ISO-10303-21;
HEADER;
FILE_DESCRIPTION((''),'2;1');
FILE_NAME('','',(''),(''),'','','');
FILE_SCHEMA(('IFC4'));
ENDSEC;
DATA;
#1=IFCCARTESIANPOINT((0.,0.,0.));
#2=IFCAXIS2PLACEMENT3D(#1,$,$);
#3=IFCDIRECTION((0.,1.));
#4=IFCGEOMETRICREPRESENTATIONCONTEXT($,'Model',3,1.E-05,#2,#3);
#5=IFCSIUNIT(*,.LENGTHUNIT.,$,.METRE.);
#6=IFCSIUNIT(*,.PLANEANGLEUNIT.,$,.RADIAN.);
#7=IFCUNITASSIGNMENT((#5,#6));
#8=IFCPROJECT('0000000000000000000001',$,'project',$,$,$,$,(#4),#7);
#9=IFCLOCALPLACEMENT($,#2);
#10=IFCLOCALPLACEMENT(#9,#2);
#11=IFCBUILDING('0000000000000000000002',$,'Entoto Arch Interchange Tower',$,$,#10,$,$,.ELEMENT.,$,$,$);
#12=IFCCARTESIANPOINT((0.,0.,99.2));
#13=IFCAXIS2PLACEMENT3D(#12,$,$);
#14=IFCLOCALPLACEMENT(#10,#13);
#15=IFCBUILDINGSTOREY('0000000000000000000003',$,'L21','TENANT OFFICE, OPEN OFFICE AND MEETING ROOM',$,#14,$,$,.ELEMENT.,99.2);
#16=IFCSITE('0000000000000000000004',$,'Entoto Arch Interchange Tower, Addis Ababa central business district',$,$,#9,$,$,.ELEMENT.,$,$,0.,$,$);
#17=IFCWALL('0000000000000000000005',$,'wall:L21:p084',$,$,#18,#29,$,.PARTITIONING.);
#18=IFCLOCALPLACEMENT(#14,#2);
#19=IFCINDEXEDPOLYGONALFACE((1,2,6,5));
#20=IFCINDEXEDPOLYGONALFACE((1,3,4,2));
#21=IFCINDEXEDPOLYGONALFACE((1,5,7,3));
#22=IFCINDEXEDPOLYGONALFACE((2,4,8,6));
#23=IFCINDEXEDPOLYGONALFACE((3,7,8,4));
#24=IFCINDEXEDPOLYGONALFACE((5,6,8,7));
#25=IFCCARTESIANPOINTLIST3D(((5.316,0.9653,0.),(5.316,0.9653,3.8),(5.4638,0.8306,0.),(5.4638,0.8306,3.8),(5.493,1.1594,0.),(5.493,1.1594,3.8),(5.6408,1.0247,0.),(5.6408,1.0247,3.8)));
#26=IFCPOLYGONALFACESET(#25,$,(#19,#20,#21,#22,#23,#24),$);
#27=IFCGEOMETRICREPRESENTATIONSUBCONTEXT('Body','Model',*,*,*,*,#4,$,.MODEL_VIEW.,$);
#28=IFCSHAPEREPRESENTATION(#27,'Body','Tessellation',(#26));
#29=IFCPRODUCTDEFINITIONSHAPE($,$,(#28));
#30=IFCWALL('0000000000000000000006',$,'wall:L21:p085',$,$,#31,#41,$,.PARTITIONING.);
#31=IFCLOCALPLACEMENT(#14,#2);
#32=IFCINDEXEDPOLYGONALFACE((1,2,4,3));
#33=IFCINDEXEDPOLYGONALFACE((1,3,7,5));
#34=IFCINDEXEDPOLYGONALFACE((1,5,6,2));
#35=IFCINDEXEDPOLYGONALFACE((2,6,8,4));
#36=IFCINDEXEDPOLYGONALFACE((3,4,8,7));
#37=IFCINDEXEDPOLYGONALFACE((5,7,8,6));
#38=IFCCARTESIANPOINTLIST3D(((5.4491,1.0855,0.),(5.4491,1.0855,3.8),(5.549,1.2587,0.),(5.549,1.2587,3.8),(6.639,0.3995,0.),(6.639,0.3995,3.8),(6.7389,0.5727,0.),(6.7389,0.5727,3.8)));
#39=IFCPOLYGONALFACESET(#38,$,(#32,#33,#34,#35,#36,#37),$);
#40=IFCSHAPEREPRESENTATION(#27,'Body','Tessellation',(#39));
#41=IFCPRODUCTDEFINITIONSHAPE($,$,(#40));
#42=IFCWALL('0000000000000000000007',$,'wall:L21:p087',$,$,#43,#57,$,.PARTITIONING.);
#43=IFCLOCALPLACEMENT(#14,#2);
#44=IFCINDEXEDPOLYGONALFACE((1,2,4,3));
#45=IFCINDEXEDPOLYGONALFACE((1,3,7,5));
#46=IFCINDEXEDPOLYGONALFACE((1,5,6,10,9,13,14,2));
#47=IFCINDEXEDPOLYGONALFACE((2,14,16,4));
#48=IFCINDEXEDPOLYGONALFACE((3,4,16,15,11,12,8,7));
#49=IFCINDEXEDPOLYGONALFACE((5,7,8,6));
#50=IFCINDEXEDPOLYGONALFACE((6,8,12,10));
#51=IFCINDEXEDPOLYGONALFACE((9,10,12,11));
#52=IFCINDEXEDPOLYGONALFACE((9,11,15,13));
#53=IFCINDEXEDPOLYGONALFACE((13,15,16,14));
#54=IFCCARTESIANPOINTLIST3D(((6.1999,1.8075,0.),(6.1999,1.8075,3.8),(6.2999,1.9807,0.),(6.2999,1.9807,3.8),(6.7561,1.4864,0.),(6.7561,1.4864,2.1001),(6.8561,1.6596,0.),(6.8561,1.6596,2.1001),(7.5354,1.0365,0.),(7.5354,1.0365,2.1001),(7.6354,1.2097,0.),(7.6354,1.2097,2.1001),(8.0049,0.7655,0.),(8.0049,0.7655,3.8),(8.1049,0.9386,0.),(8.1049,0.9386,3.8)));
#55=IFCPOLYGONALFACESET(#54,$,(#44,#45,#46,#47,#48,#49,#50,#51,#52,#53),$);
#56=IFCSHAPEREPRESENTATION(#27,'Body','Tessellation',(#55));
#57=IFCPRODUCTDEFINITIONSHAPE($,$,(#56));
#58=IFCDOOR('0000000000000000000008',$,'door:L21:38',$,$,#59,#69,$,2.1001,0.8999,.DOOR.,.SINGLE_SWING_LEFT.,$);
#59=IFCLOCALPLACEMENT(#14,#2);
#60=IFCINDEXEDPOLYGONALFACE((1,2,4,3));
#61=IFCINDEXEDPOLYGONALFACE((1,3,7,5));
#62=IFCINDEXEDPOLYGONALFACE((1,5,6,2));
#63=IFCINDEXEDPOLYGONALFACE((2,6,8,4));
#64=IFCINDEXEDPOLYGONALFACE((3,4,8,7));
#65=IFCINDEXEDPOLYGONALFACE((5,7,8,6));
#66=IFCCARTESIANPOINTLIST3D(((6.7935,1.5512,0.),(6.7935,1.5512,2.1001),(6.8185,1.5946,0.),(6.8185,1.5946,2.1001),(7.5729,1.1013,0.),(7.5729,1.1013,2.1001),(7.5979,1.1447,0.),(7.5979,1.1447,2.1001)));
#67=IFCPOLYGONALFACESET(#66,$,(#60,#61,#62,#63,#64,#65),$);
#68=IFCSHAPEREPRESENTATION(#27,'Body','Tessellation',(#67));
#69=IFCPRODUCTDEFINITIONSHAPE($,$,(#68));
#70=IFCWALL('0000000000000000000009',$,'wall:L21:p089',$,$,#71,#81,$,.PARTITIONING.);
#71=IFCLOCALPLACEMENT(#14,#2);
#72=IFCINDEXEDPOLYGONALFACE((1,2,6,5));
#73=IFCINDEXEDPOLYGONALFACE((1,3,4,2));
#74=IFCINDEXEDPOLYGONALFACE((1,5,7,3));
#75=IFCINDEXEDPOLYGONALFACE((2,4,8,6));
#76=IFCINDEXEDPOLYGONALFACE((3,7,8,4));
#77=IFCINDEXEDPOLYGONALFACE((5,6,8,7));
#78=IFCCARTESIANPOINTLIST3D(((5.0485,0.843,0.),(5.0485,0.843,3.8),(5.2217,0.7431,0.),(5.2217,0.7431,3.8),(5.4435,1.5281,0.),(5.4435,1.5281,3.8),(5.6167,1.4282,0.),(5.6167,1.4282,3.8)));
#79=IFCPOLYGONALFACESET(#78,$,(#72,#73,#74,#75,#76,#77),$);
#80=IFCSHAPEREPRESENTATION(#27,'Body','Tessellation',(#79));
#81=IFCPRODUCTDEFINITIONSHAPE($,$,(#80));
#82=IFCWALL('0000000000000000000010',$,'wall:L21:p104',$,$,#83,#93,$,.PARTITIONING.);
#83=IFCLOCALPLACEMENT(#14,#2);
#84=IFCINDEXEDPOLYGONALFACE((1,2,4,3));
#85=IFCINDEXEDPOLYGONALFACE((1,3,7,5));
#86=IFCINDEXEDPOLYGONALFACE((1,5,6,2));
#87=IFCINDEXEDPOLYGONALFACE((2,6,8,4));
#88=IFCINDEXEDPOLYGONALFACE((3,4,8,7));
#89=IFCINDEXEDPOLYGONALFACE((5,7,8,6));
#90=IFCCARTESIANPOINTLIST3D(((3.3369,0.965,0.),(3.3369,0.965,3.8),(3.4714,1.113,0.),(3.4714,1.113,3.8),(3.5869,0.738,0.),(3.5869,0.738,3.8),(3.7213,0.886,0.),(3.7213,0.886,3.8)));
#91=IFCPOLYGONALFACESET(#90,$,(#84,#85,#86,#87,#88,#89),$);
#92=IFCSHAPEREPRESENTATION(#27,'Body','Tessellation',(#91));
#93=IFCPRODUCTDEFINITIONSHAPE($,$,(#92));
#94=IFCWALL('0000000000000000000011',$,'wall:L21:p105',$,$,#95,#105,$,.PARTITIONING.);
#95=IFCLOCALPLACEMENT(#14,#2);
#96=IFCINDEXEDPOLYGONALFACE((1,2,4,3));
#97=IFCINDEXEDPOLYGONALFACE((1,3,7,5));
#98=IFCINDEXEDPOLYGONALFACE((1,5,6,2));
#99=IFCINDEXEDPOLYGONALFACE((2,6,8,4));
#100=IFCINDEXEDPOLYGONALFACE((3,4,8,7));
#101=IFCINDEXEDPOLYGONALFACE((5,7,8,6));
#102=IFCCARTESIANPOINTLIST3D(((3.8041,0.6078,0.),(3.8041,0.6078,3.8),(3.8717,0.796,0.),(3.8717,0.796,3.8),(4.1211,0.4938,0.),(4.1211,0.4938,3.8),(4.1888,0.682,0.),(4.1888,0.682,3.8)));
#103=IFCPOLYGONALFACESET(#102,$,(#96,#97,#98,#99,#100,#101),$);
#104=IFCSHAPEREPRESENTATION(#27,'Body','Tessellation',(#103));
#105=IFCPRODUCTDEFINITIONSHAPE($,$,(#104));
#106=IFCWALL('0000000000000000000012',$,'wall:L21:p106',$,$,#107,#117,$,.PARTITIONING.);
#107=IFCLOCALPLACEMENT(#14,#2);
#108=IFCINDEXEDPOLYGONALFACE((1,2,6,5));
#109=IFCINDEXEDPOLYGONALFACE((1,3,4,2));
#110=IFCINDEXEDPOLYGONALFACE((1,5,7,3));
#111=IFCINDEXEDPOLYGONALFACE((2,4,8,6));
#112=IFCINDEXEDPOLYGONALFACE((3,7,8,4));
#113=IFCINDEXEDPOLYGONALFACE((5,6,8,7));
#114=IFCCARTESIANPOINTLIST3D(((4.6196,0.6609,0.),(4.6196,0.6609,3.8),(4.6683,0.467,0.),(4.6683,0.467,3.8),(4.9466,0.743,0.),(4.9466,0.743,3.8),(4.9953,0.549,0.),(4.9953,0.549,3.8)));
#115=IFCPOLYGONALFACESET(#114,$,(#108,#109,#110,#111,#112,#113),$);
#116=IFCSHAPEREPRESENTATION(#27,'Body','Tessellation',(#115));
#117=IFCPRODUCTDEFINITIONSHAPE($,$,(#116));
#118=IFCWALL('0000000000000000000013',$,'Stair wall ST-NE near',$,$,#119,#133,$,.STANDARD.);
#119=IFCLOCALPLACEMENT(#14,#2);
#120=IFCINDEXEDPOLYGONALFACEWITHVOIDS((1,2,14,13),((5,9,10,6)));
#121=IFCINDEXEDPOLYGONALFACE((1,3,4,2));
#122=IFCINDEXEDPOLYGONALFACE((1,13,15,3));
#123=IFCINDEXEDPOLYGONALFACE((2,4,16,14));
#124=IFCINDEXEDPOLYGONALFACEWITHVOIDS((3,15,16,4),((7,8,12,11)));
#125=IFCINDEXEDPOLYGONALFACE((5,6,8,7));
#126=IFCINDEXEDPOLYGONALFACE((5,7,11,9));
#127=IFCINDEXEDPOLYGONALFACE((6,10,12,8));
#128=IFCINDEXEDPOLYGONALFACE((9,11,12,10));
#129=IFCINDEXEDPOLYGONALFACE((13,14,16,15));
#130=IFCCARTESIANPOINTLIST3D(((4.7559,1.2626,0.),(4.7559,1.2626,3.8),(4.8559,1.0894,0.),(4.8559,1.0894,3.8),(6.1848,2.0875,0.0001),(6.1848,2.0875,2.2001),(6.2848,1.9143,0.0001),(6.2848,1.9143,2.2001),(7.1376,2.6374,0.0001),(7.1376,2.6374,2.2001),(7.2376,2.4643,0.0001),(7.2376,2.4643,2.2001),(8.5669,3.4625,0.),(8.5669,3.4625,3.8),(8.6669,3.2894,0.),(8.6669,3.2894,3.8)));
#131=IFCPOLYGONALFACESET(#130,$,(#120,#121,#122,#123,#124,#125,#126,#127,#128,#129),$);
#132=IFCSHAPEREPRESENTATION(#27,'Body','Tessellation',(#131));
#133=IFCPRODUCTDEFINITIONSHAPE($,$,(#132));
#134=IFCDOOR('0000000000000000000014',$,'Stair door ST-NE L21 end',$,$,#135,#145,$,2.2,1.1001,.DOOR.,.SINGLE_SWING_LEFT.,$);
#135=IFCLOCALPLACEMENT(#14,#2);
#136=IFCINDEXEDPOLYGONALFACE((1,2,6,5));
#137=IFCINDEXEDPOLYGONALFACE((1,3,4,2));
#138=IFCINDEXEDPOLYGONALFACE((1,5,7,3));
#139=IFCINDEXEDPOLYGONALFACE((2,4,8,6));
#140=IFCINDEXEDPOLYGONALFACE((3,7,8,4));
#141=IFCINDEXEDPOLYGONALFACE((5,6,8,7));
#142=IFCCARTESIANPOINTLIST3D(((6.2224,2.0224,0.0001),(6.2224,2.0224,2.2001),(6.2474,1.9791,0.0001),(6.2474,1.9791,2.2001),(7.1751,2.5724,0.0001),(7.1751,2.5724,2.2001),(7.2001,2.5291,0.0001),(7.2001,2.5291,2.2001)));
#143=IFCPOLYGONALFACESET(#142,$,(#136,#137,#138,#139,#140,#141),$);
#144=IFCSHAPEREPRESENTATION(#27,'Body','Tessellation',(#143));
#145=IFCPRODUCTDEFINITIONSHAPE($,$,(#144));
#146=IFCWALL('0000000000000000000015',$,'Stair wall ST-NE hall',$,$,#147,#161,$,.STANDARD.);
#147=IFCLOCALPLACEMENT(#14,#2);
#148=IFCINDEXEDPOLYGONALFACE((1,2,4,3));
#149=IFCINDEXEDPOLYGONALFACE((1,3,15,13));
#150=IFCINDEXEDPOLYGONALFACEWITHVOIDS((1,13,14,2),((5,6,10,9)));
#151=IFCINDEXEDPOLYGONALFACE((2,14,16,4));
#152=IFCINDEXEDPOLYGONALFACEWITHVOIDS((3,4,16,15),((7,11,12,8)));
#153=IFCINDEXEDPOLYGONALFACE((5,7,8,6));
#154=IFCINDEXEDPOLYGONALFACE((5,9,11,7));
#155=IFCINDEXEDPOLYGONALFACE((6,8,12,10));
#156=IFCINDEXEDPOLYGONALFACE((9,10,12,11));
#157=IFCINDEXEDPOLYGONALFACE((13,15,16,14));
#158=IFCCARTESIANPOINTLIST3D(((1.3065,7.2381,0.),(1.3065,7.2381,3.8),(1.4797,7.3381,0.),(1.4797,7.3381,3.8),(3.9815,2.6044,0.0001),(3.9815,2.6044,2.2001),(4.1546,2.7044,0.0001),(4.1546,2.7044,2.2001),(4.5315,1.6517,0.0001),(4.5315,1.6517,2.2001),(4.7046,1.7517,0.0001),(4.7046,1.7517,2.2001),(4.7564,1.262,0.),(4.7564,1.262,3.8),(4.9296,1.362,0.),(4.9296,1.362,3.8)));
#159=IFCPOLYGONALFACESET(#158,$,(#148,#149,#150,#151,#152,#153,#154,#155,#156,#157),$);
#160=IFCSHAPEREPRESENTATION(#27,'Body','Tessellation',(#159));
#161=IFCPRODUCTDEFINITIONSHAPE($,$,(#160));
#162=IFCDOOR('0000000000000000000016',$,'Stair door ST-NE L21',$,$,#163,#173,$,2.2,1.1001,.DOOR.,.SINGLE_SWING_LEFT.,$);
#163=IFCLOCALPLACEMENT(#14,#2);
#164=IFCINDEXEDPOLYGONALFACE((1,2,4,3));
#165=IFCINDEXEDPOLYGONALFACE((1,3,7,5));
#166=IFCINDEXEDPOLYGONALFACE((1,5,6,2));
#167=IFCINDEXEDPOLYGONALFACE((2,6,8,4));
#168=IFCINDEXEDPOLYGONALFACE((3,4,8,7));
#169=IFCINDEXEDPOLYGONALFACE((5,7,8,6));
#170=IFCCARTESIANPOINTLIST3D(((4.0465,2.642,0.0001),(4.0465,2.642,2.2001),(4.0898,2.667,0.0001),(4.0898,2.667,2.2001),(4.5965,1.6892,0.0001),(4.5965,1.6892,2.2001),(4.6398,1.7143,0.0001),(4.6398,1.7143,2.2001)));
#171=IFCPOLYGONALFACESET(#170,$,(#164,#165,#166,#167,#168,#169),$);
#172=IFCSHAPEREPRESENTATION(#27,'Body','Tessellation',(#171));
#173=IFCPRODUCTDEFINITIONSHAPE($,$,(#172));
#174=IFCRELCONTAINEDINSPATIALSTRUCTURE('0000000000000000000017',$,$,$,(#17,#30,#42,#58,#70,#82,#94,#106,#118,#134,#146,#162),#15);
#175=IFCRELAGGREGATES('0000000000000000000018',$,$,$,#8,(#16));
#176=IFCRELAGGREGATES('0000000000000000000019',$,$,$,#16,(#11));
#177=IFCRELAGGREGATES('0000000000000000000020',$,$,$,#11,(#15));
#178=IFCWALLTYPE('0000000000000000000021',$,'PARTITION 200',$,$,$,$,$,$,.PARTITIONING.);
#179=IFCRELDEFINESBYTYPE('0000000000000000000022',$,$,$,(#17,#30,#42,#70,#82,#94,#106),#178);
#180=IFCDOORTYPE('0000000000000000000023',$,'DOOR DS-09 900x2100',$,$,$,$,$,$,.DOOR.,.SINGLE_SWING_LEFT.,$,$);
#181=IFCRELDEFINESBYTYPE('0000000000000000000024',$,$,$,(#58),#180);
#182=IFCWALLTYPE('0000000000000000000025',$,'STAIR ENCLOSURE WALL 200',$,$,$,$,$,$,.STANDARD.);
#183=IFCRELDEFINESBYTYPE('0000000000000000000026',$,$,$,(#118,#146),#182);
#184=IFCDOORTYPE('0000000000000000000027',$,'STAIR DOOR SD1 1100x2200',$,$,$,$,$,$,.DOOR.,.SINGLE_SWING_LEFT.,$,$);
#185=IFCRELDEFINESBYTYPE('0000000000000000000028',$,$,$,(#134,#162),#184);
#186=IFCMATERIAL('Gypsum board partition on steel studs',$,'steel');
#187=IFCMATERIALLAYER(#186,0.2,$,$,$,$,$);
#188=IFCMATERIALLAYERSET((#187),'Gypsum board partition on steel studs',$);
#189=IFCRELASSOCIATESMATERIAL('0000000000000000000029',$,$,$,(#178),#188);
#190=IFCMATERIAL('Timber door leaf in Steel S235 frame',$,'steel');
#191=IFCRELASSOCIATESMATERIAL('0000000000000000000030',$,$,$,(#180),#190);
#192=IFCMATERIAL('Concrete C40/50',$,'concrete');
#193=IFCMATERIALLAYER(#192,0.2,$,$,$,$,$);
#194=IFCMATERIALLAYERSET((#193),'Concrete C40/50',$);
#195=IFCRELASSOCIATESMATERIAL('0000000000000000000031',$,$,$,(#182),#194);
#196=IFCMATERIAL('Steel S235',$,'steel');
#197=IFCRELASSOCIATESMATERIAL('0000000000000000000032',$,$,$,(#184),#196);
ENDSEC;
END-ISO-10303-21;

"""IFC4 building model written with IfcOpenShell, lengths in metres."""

from ifc_helpers import new_model, si_unit, direction, frame, frame_2d, origin, place, context, subcontext, project, spatial, rectangle, extrude, material, layer, layer_set, type_object, element, fill, save


model = new_model("IFC4")

# Units and contexts
model_context = context("Model", 3, precision=1e-05, world=origin(), true_north=direction((0.0, 1.0)))
body_context = subcontext(model_context, "Body", "Model", "MODEL_VIEW")
ifc_project = project(units=[si_unit("LENGTHUNIT", "METRE"), si_unit("PLANEANGLEUNIT", "RADIAN")], contexts=[model_context])

# Site, building, storey
site_placement = place(None, origin())
site = spatial("IfcSite", under=ifc_project, at=site_placement, Name="Entoto Arch Interchange Tower, Addis Ababa central business district", CompositionType="ELEMENT", RefElevation=0.0)
building_placement = place(site_placement, origin())
building = spatial("IfcBuilding", under=site, at=building_placement, Name="Entoto Arch Interchange Tower", CompositionType="ELEMENT")
storey_placement = place(building_placement, frame((0.0, 0.0, 99.2)))
storey = spatial("IfcBuildingStorey", under=building, at=storey_placement, Name="L21", Description="TENANT OFFICE, OPEN OFFICE AND MEETING ROOM", CompositionType="ELEMENT", Elevation=99.2)

# Walls
ifc_material_1 = material(Name="Gypsum board partition on steel studs", Category="steel")
ifc_layer_1 = layer(ifc_material_1, 0.2)
ifc_layer_set_1 = layer_set([ifc_layer_1], Name="Gypsum board partition on steel studs")
wall_type_1 = type_object("IfcWallType", Name="PARTITION 200", PredefinedType="PARTITIONING", material=ifc_layer_set_1)
wall_1_placement = place(storey_placement, frame((5.3899, 0.8979, 0.0), z_axis=(0.0, 0.0, 1.0), x_axis=(0.673828, 0.738888, 0.0)))
element("IfcWall", 1, at=wall_1_placement, inside=storey, type_object=wall_type_1, Name="wall:L21:p084", PredefinedType="PARTITIONING", context=body_context, shape_type="SweptSolid", body=[
    extrude(rectangle(XDim=0.2627, YDim=0.2, at=frame_2d((0.1313, 0.0))), origin(), (0.0, 0.0, 1.0), 3.8),
])
wall_2_placement = place(storey_placement, frame((5.499, 1.1721, 0.0), z_axis=(0.0, 0.0, 1.0), x_axis=(0.866334, -0.499466, 0.0)))
element("IfcWall", 2, at=wall_2_placement, inside=storey, type_object=wall_type_1, Name="wall:L21:p085", PredefinedType="PARTITIONING", context=body_context, shape_type="SweptSolid", body=[
    extrude(rectangle(XDim=1.3735, YDim=0.2, at=frame_2d((0.6868, 0.0))), origin(), (0.0, 0.0, 1.0), 3.8),
])

# Wall, opening, door
wall_3_placement = place(storey_placement, frame((6.25, 1.894, 0.0), z_axis=(0.0, 0.0, 1.0), x_axis=(0.866043, -0.499969, 0.0)))
wall_3 = element("IfcWall", 3, at=wall_3_placement, inside=storey, type_object=wall_type_1, Name="wall:L21:p087", PredefinedType="PARTITIONING", context=body_context, shape_type="SweptSolid", body=[
    extrude(rectangle(XDim=2.0842, YDim=0.2, at=frame_2d((1.042, 0.0))), origin(), (0.0, 0.0, 1.0), 3.8),
])
opening_1_placement = place(wall_3_placement, frame((0.6421, 0.0, 0.0)))
opening_1 = element("IfcOpeningElement", 4, at=opening_1_placement, cuts=wall_3, PredefinedType="OPENING", context=body_context, shape_type="SweptSolid", body=[
    extrude(rectangle(XDim=0.8999, YDim=2.1001, at=frame_2d((0.45, 1.05))), frame((0.0, 0.1099, 0.0), z_axis=(0.0, -1.0, 0.0), x_axis=(1.0, 0.0, 0.0)), (0.0, 0.0, 1.0), 0.22),
])
ifc_material_2 = material(Name="Timber door leaf in Steel S235 frame", Category="steel")
door_type_1 = type_object("IfcDoorType", Name="DOOR DS-09 900x2100", OperationType="SINGLE_SWING_LEFT", PredefinedType="DOOR", material=ifc_material_2)
door_1_placement = place(opening_1_placement, origin())
door_1 = element("IfcDoor", 5, at=door_1_placement, inside=storey, type_object=door_type_1, Name="door:L21:38", OperationType="SINGLE_SWING_LEFT", OverallHeight=2.1001, OverallWidth=0.8999, PredefinedType="DOOR", context=body_context, shape_type="SweptSolid", body=[
    extrude(rectangle(XDim=0.8999, YDim=2.1001, at=frame_2d((0.45, 1.05))), frame((0.0, 0.0249, 0.0), z_axis=(0.0, -1.0, 0.0), x_axis=(1.0, 0.0, 0.0)), (0.0, 0.0, 1.0), 0.05),
])
fill(opening_1, door_1)

# Walls
wall_4_placement = place(storey_placement, frame((5.135, 0.793, 0.0), z_axis=(0.0, 0.0, 1.0), x_axis=(0.499526, 0.866299, 0.0)))
element("IfcWall", 6, at=wall_4_placement, inside=storey, type_object=wall_type_1, Name="wall:L21:p089", PredefinedType="PARTITIONING", context=body_context, shape_type="SweptSolid", body=[
    extrude(rectangle(XDim=0.7908, YDim=0.2, at=frame_2d((0.3955, 0.0))), origin(), (0.0, 0.0, 1.0), 3.8),
])
wall_5_placement = place(storey_placement, frame((3.4041, 1.0391, 0.0), z_axis=(0.0, 0.0, 1.0), x_axis=(0.740267, -0.672313, 0.0)))
element("IfcWall", 7, at=wall_5_placement, inside=storey, type_object=wall_type_1, Name="wall:L21:p104", PredefinedType="PARTITIONING", context=body_context, shape_type="SweptSolid", body=[
    extrude(rectangle(XDim=0.3376, YDim=0.2, at=frame_2d((0.1689, 0.0))), origin(), (0.0, 0.0, 1.0), 3.8),
])
wall_6_placement = place(storey_placement, frame((3.8379, 0.7019, 0.0), z_axis=(0.0, 0.0, 1.0), x_axis=(0.941035, -0.338309, 0.0)))
element("IfcWall", 8, at=wall_6_placement, inside=storey, type_object=wall_type_1, Name="wall:L21:p105", PredefinedType="PARTITIONING", context=body_context, shape_type="SweptSolid", body=[
    extrude(rectangle(XDim=0.3369, YDim=0.2, at=frame_2d((0.1685, 0.0))), origin(), (0.0, 0.0, 1.0), 3.8),
])
wall_7_placement = place(storey_placement, frame((4.644, 0.564, 0.0), z_axis=(0.0, 0.0, 1.0), x_axis=(0.969929, 0.243388, 0.0)))
element("IfcWall", 9, at=wall_7_placement, inside=storey, type_object=wall_type_1, Name="wall:L21:p106", PredefinedType="PARTITIONING", context=body_context, shape_type="SweptSolid", body=[
    extrude(rectangle(XDim=0.3372, YDim=0.2, at=frame_2d((0.1685, 0.0))), origin(), (0.0, 0.0, 1.0), 3.8),
])

# Walls, openings, doors
ifc_material_3 = material(Name="Concrete C40/50", Category="concrete")
ifc_layer_2 = layer(ifc_material_3, 0.2)
ifc_layer_set_2 = layer_set([ifc_layer_2], Name="Concrete C40/50")
wall_type_2 = type_object("IfcWallType", Name="STAIR ENCLOSURE WALL 200", PredefinedType="STANDARD", material=ifc_layer_set_2)
wall_8_placement = place(storey_placement, frame((4.8059, 1.176, 0.0), z_axis=(0.0, 0.0, 1.0), x_axis=(0.86606, 0.49994, 0.0)))
wall_8 = element("IfcWall", 10, at=wall_8_placement, inside=storey, type_object=wall_type_2, Name="Stair wall ST-NE near", PredefinedType="STANDARD", context=body_context, shape_type="SweptSolid", body=[
    extrude(rectangle(XDim=4.4004, YDim=0.2, at=frame_2d((2.2002, 0.0))), origin(), (0.0, 0.0, 1.0), 3.8),
])
opening_2_placement = place(wall_8_placement, frame((1.6499, 0.0, 0.0)))
opening_2 = element("IfcOpeningElement", 11, at=opening_2_placement, cuts=wall_8, PredefinedType="OPENING", context=body_context, shape_type="SweptSolid", body=[
    extrude(rectangle(XDim=1.1001, YDim=2.2, at=frame_2d((0.55, 1.1001))), frame((0.0, 0.1099, 0.0), z_axis=(0.0, -1.0, 0.0), x_axis=(1.0, 0.0, 0.0)), (0.0, 0.0, 1.0), 0.22),
])
ifc_material_4 = material(Name="Steel S235", Category="steel")
door_type_2 = type_object("IfcDoorType", Name="STAIR DOOR SD1 1100x2200", OperationType="SINGLE_SWING_LEFT", PredefinedType="DOOR", material=ifc_material_4)
door_2_placement = place(opening_2_placement, origin())
door_2 = element("IfcDoor", 12, at=door_2_placement, inside=storey, type_object=door_type_2, Name="Stair door ST-NE L21 end", OperationType="SINGLE_SWING_LEFT", OverallHeight=2.2, OverallWidth=1.1001, PredefinedType="DOOR", context=body_context, shape_type="SweptSolid", body=[
    extrude(rectangle(XDim=1.1001, YDim=2.2, at=frame_2d((0.55, 1.1001))), frame((0.0, 0.0249, 0.0), z_axis=(0.0, -1.0, 0.0), x_axis=(1.0, 0.0, 0.0)), (0.0, 0.0, 1.0), 0.05),
])
fill(opening_2, door_2)
wall_9_placement = place(storey_placement, frame((4.843, 1.312, 0.0), z_axis=(0.0, 0.0, 1.0), x_axis=(-0.499963, 0.866047, 0.0)))
wall_9 = element("IfcWall", 13, at=wall_9_placement, inside=storey, type_object=wall_type_2, Name="Stair wall ST-NE hall", PredefinedType="STANDARD", context=body_context, shape_type="SweptSolid", body=[
    extrude(rectangle(XDim=6.9004, YDim=0.2, at=frame_2d((3.4502, 0.0))), origin(), (0.0, 0.0, 1.0), 3.8),
])
opening_3_placement = place(wall_9_placement, frame((0.45, 0.0, 0.0)))
opening_3 = element("IfcOpeningElement", 14, at=opening_3_placement, cuts=wall_9, PredefinedType="OPENING", context=body_context, shape_type="SweptSolid", body=[
    extrude(rectangle(XDim=1.1001, YDim=2.2, at=frame_2d((0.55, 1.1001))), frame((0.0, 0.1099, 0.0), z_axis=(0.0, -1.0, 0.0), x_axis=(1.0, 0.0, 0.0)), (0.0, 0.0, 1.0), 0.22),
])
door_3_placement = place(opening_3_placement, origin())
door_3 = element("IfcDoor", 15, at=door_3_placement, inside=storey, type_object=door_type_2, Name="Stair door ST-NE L21", OperationType="SINGLE_SWING_LEFT", OverallHeight=2.2, OverallWidth=1.1001, PredefinedType="DOOR", context=body_context, shape_type="SweptSolid", body=[
    extrude(rectangle(XDim=1.1001, YDim=2.2, at=frame_2d((0.55, 1.1001))), frame((0.0, 0.0249, 0.0), z_axis=(0.0, -1.0, 0.0), x_axis=(1.0, 0.0, 0.0)), (0.0, 0.0, 1.0), 0.05),
])
fill(opening_3, door_3)

save(model, "model.ifc")
